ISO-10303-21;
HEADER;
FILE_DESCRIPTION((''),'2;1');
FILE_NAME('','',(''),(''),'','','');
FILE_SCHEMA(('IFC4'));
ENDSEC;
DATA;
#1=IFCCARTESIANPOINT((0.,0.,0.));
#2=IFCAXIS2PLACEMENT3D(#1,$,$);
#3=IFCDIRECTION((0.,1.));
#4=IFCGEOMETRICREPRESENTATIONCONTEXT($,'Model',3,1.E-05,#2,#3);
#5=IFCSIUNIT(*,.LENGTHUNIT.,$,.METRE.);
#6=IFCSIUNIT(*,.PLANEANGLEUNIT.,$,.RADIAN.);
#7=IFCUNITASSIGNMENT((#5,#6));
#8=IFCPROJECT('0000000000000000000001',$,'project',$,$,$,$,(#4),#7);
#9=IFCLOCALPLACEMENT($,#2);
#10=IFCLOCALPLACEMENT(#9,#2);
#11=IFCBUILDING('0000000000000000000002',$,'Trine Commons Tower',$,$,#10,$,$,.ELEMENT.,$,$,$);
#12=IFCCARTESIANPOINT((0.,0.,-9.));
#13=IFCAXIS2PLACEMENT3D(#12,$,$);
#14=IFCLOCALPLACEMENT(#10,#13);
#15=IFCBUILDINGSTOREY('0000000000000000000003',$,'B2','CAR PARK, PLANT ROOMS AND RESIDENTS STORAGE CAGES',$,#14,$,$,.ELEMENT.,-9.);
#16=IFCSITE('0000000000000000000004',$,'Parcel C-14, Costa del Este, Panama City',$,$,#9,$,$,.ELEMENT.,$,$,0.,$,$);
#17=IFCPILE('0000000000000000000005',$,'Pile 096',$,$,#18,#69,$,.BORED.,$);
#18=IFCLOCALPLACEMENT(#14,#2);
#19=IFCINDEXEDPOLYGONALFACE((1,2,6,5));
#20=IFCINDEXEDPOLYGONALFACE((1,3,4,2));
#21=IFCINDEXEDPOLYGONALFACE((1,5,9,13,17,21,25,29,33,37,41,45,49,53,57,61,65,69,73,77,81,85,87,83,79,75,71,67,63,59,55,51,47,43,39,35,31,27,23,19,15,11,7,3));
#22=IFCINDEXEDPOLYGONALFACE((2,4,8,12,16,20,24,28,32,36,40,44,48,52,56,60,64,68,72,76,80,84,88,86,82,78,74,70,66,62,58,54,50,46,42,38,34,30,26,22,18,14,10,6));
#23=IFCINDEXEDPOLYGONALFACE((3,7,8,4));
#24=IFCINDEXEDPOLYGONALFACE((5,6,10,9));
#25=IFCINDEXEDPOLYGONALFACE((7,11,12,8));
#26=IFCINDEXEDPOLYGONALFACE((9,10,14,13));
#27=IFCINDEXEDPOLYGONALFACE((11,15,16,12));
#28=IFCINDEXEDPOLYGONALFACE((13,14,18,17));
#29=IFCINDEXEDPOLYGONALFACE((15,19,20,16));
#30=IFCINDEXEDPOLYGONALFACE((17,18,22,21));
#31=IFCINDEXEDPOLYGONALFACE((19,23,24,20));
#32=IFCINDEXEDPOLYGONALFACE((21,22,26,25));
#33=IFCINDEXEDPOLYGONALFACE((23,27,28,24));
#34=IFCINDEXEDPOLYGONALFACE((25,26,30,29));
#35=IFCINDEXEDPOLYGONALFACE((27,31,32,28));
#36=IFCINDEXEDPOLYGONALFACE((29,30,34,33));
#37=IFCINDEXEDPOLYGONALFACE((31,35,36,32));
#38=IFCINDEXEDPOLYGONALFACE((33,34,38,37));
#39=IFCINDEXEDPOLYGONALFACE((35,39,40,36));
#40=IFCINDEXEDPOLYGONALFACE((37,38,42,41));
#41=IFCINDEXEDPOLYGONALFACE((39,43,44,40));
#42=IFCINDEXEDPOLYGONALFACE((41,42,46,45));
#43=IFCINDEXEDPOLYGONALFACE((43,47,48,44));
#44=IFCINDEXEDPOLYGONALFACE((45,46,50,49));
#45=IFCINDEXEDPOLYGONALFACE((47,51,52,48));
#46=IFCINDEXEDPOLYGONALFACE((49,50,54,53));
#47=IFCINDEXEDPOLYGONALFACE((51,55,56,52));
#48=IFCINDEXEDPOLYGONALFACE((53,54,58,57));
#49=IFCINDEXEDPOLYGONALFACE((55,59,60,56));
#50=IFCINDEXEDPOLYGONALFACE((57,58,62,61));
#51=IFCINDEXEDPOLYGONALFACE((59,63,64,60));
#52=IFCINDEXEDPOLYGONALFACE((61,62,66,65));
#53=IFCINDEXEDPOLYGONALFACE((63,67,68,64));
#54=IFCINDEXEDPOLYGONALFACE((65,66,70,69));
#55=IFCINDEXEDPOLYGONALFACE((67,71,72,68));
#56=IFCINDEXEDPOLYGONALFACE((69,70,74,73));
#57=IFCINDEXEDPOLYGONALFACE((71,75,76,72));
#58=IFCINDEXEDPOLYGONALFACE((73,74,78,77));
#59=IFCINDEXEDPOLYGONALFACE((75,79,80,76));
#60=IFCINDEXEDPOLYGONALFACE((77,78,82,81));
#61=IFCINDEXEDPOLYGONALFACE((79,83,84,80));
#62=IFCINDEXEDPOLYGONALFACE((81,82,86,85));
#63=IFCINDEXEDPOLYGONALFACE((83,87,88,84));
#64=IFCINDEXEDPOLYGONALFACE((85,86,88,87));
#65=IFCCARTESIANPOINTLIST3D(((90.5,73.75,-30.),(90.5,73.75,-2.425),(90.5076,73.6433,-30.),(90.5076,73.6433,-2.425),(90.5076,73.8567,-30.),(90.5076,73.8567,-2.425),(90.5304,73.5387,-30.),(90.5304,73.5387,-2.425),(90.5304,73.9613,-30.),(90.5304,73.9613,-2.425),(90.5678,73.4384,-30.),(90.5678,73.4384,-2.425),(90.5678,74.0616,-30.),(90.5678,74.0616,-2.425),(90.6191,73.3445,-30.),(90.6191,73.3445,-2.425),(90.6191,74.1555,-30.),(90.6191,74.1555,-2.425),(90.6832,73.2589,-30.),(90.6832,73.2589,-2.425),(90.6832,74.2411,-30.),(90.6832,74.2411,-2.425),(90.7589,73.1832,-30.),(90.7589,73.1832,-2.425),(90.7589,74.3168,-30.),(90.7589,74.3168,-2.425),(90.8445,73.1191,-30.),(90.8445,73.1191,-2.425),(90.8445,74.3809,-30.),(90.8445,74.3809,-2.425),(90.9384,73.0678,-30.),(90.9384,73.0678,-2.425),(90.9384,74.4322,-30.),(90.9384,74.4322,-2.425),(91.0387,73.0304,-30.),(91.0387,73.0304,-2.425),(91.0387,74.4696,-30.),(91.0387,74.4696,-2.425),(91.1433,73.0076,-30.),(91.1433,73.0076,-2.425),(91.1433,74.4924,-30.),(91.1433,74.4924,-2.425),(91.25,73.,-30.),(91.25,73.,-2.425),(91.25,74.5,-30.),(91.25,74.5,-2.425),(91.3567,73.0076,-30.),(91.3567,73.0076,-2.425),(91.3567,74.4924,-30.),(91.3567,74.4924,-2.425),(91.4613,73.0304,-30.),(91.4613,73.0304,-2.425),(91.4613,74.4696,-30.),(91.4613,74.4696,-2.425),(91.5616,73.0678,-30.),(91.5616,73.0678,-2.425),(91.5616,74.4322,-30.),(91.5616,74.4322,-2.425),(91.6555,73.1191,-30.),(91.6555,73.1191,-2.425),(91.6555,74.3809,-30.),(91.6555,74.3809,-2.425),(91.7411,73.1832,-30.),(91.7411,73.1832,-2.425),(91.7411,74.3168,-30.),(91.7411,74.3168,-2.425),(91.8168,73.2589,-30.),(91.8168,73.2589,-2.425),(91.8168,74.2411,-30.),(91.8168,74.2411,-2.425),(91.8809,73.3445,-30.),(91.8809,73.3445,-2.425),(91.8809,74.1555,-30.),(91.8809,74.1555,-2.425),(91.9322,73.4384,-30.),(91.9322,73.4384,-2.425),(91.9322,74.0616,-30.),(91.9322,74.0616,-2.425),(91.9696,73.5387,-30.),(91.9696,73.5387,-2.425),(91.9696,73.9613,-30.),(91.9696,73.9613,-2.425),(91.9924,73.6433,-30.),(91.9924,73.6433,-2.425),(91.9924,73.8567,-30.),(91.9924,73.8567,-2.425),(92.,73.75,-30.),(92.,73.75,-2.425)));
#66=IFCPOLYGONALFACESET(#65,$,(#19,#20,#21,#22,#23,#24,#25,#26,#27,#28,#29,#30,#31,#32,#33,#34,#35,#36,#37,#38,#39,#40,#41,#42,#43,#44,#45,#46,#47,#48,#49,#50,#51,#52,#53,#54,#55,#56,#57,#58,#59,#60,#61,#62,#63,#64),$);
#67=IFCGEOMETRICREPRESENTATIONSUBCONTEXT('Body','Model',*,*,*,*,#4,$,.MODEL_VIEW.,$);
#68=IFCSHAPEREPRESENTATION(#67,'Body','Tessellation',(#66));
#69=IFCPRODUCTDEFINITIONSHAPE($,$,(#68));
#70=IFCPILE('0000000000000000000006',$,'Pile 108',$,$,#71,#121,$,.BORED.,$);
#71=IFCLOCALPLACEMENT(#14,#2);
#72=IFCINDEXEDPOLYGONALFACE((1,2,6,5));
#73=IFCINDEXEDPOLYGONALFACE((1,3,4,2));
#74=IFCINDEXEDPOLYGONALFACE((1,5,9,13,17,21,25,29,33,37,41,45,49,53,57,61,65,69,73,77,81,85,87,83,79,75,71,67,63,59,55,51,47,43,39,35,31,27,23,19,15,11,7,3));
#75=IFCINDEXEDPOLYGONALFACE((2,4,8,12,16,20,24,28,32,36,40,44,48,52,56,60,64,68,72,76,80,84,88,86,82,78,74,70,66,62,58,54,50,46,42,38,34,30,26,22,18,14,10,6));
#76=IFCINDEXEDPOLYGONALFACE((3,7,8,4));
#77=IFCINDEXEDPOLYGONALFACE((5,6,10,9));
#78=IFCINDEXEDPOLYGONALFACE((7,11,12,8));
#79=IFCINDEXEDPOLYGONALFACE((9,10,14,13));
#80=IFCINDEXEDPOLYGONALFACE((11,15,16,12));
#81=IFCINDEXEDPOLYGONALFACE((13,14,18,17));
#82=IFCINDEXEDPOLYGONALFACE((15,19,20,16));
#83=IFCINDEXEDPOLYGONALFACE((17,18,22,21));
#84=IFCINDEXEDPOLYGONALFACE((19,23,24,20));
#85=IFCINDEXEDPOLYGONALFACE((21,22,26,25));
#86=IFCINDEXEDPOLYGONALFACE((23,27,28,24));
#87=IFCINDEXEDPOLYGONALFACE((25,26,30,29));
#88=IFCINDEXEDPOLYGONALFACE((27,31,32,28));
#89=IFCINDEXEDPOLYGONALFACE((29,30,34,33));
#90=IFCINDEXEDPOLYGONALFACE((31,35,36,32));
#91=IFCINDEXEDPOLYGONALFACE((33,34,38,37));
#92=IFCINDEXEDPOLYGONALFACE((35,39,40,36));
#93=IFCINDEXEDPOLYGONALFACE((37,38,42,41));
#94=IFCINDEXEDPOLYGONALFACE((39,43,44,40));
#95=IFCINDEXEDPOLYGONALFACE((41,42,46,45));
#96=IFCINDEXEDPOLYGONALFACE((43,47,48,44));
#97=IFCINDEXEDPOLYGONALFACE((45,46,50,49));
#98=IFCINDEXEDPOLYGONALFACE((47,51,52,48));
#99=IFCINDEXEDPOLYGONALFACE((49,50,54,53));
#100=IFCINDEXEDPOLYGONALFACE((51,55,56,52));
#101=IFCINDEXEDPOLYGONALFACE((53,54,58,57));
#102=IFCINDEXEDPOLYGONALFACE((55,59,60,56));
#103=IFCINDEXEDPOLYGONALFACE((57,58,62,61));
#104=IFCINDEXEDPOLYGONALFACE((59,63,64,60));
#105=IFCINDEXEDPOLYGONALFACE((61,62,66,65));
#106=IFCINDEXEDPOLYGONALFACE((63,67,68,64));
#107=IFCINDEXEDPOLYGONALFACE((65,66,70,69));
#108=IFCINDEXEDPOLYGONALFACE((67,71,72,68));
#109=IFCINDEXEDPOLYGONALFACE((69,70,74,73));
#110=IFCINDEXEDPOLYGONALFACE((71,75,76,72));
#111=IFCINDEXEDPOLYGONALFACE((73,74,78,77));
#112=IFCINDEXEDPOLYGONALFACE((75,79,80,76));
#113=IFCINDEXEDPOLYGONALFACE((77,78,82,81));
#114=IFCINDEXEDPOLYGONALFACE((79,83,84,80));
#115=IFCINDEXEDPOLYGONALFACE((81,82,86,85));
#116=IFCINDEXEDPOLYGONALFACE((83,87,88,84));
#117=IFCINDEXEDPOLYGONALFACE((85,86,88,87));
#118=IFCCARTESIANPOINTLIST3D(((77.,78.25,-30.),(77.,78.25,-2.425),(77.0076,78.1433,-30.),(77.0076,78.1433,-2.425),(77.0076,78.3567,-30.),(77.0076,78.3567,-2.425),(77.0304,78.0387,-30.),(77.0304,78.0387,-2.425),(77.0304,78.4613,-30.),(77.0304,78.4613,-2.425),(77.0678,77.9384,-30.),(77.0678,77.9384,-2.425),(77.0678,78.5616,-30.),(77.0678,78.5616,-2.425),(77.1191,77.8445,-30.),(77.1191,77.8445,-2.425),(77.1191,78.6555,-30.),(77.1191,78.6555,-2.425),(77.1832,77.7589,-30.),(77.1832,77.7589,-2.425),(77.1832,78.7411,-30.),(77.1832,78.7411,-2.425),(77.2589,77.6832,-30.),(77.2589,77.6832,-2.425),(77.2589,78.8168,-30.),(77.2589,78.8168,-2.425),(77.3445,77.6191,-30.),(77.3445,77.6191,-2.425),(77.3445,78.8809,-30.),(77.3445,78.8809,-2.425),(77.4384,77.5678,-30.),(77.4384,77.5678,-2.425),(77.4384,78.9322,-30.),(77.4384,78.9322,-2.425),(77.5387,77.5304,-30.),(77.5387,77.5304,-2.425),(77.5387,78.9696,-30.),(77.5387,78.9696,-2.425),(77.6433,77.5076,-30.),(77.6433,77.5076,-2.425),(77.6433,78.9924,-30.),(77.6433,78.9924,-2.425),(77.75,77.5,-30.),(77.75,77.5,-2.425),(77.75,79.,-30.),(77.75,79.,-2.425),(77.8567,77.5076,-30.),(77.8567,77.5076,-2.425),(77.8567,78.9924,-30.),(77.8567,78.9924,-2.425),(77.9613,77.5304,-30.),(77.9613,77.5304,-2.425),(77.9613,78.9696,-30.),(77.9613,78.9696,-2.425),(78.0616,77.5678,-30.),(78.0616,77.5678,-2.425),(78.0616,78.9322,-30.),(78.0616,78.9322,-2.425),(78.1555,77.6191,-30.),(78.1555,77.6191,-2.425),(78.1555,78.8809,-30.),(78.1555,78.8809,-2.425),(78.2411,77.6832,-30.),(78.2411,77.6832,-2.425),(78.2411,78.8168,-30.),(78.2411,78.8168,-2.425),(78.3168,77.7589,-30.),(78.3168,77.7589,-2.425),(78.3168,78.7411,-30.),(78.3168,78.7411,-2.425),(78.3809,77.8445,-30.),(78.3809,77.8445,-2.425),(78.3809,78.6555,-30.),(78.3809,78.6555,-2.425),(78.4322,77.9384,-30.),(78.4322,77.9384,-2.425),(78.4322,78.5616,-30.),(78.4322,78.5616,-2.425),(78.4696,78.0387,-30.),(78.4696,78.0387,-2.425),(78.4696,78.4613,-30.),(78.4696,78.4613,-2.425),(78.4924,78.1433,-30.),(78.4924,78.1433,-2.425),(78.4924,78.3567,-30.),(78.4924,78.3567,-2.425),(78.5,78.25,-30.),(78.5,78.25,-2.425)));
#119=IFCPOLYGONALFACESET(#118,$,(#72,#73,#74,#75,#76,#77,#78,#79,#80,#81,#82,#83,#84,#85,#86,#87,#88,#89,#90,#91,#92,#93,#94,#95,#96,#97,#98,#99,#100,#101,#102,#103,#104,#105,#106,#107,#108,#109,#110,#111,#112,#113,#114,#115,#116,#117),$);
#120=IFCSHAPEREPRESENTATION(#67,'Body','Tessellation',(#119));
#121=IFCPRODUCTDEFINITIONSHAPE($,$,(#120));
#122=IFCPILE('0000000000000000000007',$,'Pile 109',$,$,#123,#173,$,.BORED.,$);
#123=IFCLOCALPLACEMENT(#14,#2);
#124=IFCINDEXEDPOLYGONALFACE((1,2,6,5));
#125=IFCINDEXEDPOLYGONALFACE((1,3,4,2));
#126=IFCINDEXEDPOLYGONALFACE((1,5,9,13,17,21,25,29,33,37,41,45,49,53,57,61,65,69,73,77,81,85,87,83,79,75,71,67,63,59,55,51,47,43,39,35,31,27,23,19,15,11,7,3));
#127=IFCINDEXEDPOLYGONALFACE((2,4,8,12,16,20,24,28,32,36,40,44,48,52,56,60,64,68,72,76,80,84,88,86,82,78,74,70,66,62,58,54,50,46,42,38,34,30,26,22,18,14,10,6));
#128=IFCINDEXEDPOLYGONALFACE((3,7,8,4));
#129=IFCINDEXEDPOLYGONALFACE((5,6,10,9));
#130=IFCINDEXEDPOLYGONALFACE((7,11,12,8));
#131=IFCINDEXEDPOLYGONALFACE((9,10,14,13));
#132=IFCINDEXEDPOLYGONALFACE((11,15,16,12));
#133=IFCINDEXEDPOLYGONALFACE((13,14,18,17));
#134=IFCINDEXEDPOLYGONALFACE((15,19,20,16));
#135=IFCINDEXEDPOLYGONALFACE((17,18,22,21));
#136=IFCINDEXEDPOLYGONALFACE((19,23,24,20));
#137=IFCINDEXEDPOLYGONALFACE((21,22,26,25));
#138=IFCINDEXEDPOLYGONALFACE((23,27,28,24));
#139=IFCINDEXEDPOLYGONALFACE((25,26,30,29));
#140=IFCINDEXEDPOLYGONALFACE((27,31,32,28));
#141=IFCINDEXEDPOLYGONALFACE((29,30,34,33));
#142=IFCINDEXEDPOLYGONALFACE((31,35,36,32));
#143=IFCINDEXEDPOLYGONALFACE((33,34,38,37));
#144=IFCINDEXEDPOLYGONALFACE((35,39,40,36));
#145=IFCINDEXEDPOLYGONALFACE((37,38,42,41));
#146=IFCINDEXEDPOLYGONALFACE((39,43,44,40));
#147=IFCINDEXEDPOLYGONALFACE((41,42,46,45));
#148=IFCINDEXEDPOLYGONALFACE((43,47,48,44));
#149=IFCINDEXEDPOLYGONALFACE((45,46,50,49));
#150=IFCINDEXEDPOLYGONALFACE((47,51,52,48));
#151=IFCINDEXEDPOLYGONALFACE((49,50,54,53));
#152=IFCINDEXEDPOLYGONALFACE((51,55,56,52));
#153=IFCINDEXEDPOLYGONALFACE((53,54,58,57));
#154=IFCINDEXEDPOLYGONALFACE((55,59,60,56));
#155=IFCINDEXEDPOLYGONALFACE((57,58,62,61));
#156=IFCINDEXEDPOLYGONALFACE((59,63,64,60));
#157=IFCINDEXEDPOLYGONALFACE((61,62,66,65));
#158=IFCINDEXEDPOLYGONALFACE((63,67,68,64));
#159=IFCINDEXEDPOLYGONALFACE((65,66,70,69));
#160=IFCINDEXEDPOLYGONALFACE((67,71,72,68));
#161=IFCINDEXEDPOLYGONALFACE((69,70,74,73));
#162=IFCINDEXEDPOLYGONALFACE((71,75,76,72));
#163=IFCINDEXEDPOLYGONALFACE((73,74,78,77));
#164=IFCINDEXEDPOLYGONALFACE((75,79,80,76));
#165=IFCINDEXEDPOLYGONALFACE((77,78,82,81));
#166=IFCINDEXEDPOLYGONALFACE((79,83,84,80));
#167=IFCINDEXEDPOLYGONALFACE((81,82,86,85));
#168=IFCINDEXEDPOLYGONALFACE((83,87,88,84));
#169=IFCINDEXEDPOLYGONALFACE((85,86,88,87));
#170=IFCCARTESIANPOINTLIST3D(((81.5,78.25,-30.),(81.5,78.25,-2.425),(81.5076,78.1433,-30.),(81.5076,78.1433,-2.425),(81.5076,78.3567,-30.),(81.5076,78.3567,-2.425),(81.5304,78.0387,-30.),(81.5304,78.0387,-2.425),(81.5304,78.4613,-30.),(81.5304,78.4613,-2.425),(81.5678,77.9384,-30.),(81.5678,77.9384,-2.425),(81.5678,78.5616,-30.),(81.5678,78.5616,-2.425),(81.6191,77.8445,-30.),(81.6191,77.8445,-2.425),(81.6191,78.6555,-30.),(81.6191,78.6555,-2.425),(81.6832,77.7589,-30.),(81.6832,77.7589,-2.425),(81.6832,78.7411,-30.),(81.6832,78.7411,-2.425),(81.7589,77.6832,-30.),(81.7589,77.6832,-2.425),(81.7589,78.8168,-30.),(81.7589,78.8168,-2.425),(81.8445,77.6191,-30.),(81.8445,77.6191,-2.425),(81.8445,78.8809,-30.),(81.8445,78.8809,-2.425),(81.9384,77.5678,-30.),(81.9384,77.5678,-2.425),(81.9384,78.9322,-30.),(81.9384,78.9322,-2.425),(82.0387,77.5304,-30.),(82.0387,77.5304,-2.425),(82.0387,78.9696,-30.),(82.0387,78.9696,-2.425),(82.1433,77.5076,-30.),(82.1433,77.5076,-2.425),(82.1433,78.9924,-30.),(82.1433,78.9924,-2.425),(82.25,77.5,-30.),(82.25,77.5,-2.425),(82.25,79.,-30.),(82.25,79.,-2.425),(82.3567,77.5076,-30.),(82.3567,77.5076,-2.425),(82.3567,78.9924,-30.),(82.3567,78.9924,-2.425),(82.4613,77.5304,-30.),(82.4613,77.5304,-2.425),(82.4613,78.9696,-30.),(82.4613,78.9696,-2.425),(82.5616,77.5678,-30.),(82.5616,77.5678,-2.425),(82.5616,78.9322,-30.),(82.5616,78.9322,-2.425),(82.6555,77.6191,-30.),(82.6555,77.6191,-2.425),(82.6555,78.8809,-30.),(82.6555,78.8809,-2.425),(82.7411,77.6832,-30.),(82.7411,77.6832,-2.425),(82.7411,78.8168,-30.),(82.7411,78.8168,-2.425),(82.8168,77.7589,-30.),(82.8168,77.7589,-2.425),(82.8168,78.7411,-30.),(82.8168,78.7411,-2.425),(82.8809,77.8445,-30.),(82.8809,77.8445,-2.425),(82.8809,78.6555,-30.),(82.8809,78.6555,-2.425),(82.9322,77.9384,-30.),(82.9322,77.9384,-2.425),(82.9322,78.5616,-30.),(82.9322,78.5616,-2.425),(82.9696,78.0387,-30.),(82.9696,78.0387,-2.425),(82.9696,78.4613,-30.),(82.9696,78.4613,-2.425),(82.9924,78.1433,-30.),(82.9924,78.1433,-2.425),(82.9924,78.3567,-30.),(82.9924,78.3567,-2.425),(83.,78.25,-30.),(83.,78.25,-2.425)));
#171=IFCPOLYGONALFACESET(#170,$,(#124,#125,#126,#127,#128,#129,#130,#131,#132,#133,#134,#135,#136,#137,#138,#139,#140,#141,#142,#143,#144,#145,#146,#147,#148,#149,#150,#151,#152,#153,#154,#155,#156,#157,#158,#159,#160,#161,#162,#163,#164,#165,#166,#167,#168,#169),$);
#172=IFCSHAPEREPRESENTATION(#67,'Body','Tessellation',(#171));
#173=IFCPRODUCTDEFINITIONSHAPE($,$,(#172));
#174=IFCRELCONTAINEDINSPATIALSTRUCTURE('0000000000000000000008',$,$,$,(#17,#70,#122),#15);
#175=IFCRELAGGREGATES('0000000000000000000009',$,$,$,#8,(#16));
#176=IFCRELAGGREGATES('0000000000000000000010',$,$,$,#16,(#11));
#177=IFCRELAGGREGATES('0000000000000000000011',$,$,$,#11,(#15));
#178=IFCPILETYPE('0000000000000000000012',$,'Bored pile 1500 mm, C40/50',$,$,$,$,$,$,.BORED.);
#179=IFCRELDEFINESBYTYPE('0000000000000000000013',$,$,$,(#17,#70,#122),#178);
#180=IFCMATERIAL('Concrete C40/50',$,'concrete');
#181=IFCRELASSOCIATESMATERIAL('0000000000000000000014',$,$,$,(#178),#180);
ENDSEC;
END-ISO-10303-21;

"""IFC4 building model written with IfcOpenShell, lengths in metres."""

from ifc_helpers import new_model, si_unit, direction, frame, origin, origin_2d, place, context, subcontext, project, spatial, circle, extrude, material, type_object, element, save


model = new_model("IFC4")

# Units and contexts
model_context = context("Model", 3, precision=1e-05, world=origin(), true_north=direction((0.0, 1.0)))
body_context = subcontext(model_context, "Body", "Model", "MODEL_VIEW")
ifc_project = project(units=[si_unit("LENGTHUNIT", "METRE"), si_unit("PLANEANGLEUNIT", "RADIAN")], contexts=[model_context])

# Site, building, storey
site_placement = place(None, origin())
site = spatial("IfcSite", under=ifc_project, at=site_placement, Name="Parcel C-14, Costa del Este, Panama City", CompositionType="ELEMENT", RefElevation=0.0)
building_placement = place(site_placement, origin())
building = spatial("IfcBuilding", under=site, at=building_placement, Name="Trine Commons Tower", CompositionType="ELEMENT")
storey_placement = place(building_placement, frame((0.0, 0.0, -9.0)))
storey = spatial("IfcBuildingStorey", under=building, at=storey_placement, Name="B2", Description="CAR PARK, PLANT ROOMS AND RESIDENTS STORAGE CAGES", CompositionType="ELEMENT", Elevation=-9.0)

# Piles
ifc_material_1 = material(Name="Concrete C40/50", Category="concrete")
pile_type = type_object("IfcPileType", Name="Bored pile 1500 mm, C40/50", PredefinedType="BORED", material=ifc_material_1)
for number, where, z_axis, x_axis, name in (
    (1, (91.25, 73.75, -2.425), (0.0, 0.0, -1.0), (1.0, 0.0, 0.0), "Pile 096"),
    (2, (77.75, 78.25, -2.425), (0.0, 0.0, -1.0), (1.0, 0.0, 0.0), "Pile 108"),
    (3, (82.25, 78.25, -2.425), (0.0, 0.0, -1.0), (1.0, 0.0, 0.0), "Pile 109"),
):
    element("IfcPile", number, at=place(storey_placement, frame(where, z_axis=z_axis, x_axis=x_axis)), inside=storey, type_object=pile_type, Name=name, PredefinedType="BORED", context=body_context, shape_type="SweptSolid", body=[
        extrude(circle(Radius=0.75, at=origin_2d()), origin(), (0.0, 0.0, 1.0), 27.575),
    ])

save(model, "model.ifc")
